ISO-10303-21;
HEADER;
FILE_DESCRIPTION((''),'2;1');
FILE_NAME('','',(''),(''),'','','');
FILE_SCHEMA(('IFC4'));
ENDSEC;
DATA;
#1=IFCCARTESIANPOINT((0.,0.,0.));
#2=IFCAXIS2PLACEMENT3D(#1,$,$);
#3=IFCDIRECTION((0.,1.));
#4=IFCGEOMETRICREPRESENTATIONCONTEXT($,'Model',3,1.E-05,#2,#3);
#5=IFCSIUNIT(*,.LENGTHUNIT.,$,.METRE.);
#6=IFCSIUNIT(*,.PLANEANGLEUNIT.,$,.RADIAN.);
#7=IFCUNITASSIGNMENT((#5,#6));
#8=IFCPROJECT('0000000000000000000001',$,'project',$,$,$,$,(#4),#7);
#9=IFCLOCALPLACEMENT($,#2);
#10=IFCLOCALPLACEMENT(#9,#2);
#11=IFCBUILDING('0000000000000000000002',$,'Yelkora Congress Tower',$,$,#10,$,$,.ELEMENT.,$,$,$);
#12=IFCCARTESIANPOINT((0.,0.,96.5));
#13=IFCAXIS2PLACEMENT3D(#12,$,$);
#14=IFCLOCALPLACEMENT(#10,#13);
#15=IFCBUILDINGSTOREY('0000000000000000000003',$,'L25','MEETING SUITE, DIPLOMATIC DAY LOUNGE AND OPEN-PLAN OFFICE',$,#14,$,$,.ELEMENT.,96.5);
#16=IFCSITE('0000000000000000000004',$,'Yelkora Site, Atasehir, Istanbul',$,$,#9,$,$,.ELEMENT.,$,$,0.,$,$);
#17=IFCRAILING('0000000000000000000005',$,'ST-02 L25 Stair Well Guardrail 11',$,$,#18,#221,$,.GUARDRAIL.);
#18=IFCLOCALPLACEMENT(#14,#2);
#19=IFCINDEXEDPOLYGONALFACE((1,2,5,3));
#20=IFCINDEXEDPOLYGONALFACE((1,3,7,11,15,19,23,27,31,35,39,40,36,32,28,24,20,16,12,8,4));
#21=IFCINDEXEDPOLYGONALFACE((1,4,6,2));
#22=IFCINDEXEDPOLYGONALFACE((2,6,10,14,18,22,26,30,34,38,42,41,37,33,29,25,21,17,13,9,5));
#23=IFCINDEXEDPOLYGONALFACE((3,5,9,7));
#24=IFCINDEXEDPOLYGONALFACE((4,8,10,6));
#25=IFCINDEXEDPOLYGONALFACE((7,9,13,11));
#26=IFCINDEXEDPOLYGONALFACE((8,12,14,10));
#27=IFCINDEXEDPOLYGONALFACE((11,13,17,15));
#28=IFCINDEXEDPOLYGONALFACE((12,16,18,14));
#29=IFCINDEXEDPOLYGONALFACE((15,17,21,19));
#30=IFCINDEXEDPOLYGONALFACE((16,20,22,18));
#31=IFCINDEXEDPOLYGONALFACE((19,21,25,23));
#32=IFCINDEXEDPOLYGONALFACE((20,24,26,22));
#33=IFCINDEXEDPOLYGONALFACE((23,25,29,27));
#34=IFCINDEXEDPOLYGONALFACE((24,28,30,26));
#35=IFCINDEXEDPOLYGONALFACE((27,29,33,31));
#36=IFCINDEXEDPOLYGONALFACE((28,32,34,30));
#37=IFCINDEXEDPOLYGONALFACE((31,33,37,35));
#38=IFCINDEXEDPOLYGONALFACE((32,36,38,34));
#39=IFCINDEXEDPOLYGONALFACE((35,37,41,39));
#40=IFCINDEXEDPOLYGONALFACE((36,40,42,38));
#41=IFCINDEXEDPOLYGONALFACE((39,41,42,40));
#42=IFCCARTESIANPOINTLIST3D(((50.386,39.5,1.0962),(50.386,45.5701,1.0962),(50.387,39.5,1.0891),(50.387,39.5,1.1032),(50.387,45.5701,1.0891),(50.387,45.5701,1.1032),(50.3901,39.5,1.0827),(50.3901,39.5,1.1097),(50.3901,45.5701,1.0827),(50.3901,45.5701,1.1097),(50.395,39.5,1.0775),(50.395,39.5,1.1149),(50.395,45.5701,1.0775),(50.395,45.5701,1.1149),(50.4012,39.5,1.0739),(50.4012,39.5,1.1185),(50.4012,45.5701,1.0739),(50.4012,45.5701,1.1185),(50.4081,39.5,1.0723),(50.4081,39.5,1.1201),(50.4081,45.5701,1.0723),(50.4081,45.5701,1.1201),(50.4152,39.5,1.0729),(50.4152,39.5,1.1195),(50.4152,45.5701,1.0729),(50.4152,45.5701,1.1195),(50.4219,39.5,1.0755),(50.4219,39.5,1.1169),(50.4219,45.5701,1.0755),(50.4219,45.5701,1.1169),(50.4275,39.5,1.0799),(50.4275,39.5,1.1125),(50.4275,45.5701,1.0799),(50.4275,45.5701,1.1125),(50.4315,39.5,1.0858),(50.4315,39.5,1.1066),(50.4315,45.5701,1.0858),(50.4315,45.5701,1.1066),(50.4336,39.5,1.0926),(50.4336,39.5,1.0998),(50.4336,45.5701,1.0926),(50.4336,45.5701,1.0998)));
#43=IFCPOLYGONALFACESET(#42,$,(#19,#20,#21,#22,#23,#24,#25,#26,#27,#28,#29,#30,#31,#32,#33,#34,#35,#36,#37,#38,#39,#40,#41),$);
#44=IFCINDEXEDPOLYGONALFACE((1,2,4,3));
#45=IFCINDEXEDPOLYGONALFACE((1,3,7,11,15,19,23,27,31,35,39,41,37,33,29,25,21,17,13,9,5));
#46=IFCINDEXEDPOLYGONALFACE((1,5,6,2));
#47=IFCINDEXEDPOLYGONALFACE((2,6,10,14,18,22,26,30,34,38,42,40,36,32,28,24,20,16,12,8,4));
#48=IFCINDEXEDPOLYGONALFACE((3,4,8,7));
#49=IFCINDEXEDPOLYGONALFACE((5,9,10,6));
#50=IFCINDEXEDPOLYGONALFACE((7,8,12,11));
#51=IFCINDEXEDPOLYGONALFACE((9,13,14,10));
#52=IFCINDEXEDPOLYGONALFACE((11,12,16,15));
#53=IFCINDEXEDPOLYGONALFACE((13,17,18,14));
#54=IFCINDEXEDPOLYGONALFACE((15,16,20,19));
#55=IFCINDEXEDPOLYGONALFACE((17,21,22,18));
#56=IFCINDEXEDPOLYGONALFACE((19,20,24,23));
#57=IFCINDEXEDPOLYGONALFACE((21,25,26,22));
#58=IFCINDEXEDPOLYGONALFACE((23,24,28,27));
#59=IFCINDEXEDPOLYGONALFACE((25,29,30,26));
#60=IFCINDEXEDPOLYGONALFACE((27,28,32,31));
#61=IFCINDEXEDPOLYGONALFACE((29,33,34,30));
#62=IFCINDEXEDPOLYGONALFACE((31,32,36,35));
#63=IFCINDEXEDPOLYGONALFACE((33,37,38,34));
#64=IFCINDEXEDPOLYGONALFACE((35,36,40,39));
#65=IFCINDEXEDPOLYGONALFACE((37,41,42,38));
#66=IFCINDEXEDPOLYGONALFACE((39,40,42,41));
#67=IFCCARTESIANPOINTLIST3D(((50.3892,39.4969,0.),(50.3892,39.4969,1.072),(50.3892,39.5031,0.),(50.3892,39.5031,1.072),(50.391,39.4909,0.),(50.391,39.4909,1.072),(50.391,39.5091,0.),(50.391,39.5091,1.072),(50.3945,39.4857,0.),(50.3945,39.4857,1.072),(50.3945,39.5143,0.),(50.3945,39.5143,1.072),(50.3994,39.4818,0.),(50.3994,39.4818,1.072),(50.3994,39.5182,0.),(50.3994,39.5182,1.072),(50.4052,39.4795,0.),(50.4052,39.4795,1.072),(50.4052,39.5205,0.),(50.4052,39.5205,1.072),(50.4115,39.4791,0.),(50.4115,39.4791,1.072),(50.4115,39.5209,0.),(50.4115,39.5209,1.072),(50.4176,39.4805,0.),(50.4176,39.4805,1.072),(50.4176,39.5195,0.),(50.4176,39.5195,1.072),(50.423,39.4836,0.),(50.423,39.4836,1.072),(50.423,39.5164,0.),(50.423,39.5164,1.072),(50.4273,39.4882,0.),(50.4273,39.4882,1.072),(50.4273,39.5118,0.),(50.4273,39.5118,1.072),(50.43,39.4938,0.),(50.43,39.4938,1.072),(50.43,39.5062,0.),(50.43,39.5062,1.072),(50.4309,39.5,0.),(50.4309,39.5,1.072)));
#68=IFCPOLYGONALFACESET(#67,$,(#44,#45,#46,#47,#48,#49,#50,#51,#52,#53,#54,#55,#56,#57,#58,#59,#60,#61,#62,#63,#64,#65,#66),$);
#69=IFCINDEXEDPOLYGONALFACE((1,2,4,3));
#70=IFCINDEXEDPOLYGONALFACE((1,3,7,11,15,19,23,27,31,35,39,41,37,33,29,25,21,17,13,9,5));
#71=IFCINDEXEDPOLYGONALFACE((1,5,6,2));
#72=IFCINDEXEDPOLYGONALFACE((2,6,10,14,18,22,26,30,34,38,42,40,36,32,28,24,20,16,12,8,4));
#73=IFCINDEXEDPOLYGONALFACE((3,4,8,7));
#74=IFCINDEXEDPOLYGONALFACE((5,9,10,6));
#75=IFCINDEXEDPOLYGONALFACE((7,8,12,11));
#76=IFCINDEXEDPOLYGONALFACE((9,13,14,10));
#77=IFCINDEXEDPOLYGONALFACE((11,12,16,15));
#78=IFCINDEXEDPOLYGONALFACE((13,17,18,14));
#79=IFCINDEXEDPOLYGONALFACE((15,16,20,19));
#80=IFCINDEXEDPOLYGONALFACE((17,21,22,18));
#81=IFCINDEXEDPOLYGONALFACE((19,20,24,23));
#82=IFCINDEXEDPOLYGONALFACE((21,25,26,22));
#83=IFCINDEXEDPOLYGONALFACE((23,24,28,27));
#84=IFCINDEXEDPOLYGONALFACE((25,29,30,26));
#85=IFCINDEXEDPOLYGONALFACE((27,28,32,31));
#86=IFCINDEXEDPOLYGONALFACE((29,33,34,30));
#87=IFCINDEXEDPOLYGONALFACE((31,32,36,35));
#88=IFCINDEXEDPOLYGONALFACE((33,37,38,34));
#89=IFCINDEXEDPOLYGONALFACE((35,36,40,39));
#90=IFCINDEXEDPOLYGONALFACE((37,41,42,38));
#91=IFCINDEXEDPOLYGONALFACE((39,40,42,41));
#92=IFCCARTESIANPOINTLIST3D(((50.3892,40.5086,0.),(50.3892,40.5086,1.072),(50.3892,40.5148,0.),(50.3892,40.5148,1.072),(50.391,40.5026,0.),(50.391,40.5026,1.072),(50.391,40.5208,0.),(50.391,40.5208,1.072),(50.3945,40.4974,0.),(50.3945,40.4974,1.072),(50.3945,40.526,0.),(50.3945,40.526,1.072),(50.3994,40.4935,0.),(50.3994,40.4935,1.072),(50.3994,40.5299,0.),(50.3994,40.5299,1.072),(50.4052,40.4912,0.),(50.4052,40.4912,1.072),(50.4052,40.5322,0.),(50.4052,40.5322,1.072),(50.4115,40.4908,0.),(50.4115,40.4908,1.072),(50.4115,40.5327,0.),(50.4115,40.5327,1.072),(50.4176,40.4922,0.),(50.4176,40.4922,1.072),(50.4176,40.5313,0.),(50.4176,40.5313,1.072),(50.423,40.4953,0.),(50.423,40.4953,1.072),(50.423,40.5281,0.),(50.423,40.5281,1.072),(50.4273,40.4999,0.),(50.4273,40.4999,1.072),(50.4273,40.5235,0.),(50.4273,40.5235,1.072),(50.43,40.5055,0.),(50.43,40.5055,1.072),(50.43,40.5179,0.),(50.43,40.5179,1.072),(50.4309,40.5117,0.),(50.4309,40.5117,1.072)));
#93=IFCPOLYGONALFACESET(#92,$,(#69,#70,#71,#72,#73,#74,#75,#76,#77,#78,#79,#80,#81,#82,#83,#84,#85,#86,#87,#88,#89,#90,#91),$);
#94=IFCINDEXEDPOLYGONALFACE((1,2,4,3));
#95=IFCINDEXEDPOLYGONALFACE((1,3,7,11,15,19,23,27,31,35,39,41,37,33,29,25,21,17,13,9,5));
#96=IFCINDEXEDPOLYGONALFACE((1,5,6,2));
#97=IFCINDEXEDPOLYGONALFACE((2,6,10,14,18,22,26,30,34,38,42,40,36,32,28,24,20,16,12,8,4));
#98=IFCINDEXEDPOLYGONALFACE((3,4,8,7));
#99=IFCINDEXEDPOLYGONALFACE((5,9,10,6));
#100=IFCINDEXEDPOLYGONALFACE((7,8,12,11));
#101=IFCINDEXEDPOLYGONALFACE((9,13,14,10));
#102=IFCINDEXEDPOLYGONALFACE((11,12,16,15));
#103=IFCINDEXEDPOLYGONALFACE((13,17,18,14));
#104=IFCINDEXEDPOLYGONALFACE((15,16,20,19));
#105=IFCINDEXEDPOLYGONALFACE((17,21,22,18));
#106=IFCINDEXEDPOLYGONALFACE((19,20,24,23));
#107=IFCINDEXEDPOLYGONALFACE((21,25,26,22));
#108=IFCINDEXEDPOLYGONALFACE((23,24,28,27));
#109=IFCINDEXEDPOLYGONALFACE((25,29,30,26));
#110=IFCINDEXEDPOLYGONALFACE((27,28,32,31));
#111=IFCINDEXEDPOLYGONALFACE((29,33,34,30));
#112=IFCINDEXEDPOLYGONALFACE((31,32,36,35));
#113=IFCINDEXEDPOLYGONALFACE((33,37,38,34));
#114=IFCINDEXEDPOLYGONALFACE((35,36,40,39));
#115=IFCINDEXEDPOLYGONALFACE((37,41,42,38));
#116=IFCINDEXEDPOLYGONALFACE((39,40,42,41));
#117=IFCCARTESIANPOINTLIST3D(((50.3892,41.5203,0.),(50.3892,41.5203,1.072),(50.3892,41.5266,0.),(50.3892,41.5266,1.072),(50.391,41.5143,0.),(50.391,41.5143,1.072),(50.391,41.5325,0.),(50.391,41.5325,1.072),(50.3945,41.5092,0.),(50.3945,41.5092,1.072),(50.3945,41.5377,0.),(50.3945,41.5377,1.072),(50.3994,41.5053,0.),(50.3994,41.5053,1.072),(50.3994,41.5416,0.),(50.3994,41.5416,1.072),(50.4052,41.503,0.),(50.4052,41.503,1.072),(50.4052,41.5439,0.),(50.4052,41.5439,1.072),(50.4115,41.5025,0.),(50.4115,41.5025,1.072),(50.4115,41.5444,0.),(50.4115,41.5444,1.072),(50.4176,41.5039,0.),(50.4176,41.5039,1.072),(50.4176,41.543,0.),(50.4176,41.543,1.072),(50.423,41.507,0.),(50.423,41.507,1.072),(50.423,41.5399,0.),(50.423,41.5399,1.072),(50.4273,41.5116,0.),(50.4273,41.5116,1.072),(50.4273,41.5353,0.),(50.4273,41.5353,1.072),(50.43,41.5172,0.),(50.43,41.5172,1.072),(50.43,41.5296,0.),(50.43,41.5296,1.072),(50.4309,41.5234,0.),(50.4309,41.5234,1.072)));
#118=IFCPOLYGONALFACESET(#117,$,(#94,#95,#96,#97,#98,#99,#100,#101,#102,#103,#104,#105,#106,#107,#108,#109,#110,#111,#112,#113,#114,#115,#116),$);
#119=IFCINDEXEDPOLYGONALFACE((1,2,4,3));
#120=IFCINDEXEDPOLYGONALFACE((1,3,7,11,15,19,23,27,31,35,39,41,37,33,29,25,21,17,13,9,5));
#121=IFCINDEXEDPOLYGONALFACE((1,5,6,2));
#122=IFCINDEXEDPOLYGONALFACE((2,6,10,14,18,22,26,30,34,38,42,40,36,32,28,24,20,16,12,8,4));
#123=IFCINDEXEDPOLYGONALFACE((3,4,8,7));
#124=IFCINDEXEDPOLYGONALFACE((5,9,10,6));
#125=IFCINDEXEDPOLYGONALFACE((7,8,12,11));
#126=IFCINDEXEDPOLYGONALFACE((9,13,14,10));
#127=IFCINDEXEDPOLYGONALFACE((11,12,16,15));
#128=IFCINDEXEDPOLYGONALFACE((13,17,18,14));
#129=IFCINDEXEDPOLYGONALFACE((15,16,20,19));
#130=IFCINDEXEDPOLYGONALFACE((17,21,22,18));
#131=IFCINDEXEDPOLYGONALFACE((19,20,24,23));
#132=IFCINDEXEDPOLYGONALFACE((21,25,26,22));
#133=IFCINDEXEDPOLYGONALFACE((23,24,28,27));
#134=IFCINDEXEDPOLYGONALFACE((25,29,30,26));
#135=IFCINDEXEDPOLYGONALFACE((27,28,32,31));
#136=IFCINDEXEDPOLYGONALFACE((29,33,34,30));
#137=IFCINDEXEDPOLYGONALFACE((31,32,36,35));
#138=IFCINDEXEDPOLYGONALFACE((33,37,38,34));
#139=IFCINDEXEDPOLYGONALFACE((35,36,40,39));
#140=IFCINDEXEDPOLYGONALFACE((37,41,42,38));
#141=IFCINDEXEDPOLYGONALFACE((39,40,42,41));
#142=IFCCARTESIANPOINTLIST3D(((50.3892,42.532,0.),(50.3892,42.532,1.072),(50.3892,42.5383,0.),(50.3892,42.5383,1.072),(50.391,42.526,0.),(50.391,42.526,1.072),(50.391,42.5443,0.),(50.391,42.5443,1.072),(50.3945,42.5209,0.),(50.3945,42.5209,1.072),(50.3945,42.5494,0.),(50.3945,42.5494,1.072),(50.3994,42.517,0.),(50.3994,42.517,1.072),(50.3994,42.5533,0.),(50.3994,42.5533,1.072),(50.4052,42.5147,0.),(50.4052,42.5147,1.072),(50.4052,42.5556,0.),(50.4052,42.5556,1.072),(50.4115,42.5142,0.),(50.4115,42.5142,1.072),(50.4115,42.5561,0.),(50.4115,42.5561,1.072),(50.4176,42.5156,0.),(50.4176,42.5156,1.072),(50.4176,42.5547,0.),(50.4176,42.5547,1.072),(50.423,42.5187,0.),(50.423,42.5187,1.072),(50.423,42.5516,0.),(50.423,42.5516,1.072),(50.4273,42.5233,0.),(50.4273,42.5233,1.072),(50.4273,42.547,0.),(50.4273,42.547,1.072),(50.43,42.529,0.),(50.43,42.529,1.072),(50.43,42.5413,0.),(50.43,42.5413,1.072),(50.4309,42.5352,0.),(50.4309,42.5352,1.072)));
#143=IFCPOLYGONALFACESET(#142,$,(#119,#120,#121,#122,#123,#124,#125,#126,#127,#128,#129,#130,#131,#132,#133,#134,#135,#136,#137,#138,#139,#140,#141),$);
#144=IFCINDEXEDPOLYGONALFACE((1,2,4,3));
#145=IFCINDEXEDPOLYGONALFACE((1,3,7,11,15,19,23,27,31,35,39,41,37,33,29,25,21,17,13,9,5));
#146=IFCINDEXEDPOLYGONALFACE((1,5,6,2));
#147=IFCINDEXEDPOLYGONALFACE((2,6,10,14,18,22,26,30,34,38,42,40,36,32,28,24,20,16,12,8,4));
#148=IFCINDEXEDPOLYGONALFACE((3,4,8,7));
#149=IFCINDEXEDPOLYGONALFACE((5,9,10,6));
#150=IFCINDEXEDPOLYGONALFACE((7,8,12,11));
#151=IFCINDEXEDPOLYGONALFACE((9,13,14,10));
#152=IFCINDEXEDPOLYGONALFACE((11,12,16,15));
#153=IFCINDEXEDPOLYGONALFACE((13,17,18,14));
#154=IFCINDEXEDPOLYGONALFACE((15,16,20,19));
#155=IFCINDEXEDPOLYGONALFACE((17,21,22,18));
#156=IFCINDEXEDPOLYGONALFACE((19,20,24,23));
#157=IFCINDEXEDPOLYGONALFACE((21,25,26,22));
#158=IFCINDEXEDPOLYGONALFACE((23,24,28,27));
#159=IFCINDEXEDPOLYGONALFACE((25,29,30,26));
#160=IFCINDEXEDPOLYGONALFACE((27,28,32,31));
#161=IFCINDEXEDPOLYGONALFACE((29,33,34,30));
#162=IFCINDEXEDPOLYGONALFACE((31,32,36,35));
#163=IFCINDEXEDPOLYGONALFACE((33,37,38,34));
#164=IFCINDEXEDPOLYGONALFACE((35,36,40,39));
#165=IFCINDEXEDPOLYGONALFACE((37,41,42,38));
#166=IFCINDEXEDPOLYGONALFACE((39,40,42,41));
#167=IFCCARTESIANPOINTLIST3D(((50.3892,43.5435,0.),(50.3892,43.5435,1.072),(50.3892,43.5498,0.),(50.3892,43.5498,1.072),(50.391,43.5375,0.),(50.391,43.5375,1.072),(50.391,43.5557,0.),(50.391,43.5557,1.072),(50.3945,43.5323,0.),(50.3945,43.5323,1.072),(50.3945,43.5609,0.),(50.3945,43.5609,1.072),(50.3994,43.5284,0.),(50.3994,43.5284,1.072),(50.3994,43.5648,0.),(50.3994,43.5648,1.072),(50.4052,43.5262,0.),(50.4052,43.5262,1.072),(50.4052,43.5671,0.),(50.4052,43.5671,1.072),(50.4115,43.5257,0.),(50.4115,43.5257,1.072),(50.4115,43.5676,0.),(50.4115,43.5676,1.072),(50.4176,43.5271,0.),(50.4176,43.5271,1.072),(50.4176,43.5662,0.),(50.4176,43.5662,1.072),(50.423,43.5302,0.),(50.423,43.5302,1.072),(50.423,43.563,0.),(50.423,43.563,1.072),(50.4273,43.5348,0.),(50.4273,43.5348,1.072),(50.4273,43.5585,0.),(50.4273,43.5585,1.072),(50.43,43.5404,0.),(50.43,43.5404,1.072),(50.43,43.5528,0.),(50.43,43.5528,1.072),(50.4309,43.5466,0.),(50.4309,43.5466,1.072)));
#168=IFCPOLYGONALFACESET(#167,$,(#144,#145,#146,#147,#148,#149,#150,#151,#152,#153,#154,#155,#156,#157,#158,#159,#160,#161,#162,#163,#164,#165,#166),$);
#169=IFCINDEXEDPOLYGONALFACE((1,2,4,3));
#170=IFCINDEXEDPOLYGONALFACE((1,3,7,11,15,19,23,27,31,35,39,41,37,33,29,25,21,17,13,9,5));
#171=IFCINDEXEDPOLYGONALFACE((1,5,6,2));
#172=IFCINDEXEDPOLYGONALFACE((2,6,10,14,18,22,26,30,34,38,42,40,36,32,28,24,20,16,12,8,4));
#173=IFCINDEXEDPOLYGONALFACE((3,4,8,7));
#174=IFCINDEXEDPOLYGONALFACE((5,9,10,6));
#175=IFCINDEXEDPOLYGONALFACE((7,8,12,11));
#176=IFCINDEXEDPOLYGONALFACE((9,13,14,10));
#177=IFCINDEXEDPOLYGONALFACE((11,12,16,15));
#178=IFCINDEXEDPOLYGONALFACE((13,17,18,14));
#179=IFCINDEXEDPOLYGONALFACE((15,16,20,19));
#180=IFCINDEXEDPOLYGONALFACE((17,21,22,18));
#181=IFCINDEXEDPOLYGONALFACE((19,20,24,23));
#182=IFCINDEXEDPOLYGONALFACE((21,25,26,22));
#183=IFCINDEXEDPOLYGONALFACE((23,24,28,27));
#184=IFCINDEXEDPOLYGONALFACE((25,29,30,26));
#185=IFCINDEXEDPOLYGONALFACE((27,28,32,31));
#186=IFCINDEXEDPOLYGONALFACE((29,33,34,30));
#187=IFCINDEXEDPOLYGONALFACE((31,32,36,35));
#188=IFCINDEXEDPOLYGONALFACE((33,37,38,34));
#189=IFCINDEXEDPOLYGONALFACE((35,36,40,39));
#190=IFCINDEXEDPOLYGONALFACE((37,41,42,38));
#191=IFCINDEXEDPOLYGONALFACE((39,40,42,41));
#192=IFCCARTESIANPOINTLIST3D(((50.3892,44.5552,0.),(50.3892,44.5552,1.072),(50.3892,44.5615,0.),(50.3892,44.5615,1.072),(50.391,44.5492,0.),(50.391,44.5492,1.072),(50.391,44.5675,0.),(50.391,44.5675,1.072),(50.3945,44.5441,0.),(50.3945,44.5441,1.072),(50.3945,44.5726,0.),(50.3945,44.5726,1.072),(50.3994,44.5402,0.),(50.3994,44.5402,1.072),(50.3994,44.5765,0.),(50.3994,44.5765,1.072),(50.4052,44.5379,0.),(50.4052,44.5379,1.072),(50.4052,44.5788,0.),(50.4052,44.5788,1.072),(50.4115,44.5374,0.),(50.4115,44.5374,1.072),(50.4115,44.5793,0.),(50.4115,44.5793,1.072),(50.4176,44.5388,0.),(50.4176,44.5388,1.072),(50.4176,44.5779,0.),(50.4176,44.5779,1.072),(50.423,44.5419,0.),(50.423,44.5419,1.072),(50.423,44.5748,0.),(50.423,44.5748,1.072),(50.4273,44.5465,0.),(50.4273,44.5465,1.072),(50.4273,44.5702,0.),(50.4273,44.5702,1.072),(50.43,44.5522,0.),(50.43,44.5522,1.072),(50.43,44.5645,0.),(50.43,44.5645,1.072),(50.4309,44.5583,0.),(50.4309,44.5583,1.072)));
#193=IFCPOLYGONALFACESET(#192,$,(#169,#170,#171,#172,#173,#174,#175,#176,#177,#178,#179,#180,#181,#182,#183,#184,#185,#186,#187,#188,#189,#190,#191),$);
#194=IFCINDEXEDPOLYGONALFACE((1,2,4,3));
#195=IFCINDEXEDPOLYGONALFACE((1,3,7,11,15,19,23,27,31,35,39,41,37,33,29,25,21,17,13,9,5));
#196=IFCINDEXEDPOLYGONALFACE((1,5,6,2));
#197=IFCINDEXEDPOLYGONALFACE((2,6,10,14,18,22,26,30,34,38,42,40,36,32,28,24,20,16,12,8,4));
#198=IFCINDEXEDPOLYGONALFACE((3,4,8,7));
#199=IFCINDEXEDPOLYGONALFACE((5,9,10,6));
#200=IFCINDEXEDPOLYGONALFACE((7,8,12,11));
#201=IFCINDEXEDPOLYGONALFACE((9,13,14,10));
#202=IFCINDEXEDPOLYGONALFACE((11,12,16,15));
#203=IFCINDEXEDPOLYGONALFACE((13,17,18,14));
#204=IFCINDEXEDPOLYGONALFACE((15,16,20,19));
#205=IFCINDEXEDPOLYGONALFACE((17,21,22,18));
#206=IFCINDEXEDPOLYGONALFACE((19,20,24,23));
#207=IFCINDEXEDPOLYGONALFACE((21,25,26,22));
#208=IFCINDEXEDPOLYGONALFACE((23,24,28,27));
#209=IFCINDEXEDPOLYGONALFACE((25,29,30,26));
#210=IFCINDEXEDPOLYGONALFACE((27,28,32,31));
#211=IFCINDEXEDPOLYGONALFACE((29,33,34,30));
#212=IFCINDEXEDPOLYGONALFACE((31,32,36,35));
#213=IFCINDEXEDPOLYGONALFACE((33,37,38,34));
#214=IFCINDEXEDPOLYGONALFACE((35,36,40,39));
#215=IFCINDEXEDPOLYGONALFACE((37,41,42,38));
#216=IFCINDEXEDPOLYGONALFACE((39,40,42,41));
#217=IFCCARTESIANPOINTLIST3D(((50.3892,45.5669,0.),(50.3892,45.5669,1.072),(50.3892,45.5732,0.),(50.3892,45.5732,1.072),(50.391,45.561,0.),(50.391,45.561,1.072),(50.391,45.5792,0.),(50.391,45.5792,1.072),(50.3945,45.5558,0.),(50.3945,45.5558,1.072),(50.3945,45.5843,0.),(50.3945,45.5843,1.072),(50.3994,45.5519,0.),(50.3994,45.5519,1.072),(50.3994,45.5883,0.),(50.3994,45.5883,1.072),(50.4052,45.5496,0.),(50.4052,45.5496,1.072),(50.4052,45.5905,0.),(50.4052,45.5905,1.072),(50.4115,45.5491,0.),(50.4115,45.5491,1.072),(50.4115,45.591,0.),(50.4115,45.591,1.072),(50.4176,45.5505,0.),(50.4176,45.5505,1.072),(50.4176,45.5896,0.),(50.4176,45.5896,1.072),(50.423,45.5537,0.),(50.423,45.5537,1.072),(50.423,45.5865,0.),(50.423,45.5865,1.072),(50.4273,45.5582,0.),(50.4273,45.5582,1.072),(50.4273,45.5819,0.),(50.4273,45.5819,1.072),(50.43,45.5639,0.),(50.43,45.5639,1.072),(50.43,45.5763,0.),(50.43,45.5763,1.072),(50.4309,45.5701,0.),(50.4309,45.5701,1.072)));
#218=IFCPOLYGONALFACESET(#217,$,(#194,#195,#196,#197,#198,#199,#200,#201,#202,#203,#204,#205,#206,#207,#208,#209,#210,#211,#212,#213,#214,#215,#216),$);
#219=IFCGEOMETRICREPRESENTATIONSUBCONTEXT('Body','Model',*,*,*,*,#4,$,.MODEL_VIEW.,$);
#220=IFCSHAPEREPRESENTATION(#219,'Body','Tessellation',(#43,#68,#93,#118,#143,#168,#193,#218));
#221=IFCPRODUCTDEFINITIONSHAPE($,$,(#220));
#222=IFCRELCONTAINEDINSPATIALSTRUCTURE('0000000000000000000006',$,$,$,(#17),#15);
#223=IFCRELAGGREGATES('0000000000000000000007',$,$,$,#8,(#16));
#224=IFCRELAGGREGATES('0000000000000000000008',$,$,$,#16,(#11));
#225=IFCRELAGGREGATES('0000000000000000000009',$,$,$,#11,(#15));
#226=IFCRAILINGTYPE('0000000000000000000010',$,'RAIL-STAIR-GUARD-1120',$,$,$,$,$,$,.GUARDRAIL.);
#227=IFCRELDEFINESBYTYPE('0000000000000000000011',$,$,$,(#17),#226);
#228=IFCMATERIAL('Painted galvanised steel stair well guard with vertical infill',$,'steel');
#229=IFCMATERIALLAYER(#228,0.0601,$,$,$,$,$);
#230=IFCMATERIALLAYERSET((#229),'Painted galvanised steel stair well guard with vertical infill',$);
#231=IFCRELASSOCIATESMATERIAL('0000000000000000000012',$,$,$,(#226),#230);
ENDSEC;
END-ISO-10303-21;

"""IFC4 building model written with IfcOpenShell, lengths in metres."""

from ifc_helpers import new_model, si_unit, direction, frame, origin, origin_2d, place, context, subcontext, project, spatial, circle, extrude, material, layer, layer_set, type_object, element, save


model = new_model("IFC4")

# Units and contexts
model_context = context("Model", 3, precision=1e-05, world=origin(), true_north=direction((0.0, 1.0)))
body_context = subcontext(model_context, "Body", "Model", "MODEL_VIEW")
ifc_project = project(units=[si_unit("LENGTHUNIT", "METRE"), si_unit("PLANEANGLEUNIT", "RADIAN")], contexts=[model_context])

# Site, building, storey
site_placement = place(None, origin())
site = spatial("IfcSite", under=ifc_project, at=site_placement, Name="Yelkora Site, Atasehir, Istanbul", CompositionType="ELEMENT", RefElevation=0.0)
building_placement = place(site_placement, origin())
building = spatial("IfcBuilding", under=site, at=building_placement, Name="Yelkora Congress Tower", CompositionType="ELEMENT")
storey_placement = place(building_placement, frame((0.0, 0.0, 96.5)))
storey = spatial("IfcBuildingStorey", under=building, at=storey_placement, Name="L25", Description="MEETING SUITE, DIPLOMATIC DAY LOUNGE AND OPEN-PLAN OFFICE", CompositionType="ELEMENT", Elevation=96.5)

# Railing
ifc_material_1 = material(Name="Painted galvanised steel stair well guard with vertical infill", Category="steel")
ifc_layer_1 = layer(ifc_material_1, 0.0601)
ifc_layer_set_1 = layer_set([ifc_layer_1], Name="Painted galvanised steel stair well guard with vertical infill")
railing_type_1 = type_object("IfcRailingType", Name="RAIL-STAIR-GUARD-1120", PredefinedType="GUARDRAIL", material=ifc_layer_set_1)
railing_1_placement = place(storey_placement, frame((50.4099, 39.5, 0.0)))
element("IfcRailing", 1, at=railing_1_placement, inside=storey, type_object=railing_type_1, Name="ST-02 L25 Stair Well Guardrail 11", PredefinedType="GUARDRAIL", context=body_context, shape_type="SweptSolid", body=[
    extrude(circle(Radius=0.0239, at=origin_2d()), frame((0.0, 0.0, 1.0962), z_axis=(0.0, 1.0, 0.0), x_axis=(-1.0, 0.0, 0.0)), (0.0, 0.0, 1.0), 6.0701),
    extrude(circle(Radius=0.021, at=origin_2d()), origin(), (0.0, 0.0, 1.0), 1.072),
    extrude(circle(Radius=0.021, at=origin_2d()), frame((0.0, 1.0117, 0.0)), (0.0, 0.0, 1.0), 1.072),
    extrude(circle(Radius=0.021, at=origin_2d()), frame((0.0, 2.0234, 0.0)), (0.0, 0.0, 1.0), 1.072),
    extrude(circle(Radius=0.021, at=origin_2d()), frame((0.0, 3.0352, 0.0)), (0.0, 0.0, 1.0), 1.072),
    extrude(circle(Radius=0.021, at=origin_2d()), frame((0.0, 4.0466, 0.0)), (0.0, 0.0, 1.0), 1.072),
    extrude(circle(Radius=0.021, at=origin_2d()), frame((0.0, 5.0583, 0.0)), (0.0, 0.0, 1.0), 1.072),
    extrude(circle(Radius=0.021, at=origin_2d()), frame((0.0, 6.0701, 0.0)), (0.0, 0.0, 1.0), 1.072),
])

save(model, "model.ifc")
